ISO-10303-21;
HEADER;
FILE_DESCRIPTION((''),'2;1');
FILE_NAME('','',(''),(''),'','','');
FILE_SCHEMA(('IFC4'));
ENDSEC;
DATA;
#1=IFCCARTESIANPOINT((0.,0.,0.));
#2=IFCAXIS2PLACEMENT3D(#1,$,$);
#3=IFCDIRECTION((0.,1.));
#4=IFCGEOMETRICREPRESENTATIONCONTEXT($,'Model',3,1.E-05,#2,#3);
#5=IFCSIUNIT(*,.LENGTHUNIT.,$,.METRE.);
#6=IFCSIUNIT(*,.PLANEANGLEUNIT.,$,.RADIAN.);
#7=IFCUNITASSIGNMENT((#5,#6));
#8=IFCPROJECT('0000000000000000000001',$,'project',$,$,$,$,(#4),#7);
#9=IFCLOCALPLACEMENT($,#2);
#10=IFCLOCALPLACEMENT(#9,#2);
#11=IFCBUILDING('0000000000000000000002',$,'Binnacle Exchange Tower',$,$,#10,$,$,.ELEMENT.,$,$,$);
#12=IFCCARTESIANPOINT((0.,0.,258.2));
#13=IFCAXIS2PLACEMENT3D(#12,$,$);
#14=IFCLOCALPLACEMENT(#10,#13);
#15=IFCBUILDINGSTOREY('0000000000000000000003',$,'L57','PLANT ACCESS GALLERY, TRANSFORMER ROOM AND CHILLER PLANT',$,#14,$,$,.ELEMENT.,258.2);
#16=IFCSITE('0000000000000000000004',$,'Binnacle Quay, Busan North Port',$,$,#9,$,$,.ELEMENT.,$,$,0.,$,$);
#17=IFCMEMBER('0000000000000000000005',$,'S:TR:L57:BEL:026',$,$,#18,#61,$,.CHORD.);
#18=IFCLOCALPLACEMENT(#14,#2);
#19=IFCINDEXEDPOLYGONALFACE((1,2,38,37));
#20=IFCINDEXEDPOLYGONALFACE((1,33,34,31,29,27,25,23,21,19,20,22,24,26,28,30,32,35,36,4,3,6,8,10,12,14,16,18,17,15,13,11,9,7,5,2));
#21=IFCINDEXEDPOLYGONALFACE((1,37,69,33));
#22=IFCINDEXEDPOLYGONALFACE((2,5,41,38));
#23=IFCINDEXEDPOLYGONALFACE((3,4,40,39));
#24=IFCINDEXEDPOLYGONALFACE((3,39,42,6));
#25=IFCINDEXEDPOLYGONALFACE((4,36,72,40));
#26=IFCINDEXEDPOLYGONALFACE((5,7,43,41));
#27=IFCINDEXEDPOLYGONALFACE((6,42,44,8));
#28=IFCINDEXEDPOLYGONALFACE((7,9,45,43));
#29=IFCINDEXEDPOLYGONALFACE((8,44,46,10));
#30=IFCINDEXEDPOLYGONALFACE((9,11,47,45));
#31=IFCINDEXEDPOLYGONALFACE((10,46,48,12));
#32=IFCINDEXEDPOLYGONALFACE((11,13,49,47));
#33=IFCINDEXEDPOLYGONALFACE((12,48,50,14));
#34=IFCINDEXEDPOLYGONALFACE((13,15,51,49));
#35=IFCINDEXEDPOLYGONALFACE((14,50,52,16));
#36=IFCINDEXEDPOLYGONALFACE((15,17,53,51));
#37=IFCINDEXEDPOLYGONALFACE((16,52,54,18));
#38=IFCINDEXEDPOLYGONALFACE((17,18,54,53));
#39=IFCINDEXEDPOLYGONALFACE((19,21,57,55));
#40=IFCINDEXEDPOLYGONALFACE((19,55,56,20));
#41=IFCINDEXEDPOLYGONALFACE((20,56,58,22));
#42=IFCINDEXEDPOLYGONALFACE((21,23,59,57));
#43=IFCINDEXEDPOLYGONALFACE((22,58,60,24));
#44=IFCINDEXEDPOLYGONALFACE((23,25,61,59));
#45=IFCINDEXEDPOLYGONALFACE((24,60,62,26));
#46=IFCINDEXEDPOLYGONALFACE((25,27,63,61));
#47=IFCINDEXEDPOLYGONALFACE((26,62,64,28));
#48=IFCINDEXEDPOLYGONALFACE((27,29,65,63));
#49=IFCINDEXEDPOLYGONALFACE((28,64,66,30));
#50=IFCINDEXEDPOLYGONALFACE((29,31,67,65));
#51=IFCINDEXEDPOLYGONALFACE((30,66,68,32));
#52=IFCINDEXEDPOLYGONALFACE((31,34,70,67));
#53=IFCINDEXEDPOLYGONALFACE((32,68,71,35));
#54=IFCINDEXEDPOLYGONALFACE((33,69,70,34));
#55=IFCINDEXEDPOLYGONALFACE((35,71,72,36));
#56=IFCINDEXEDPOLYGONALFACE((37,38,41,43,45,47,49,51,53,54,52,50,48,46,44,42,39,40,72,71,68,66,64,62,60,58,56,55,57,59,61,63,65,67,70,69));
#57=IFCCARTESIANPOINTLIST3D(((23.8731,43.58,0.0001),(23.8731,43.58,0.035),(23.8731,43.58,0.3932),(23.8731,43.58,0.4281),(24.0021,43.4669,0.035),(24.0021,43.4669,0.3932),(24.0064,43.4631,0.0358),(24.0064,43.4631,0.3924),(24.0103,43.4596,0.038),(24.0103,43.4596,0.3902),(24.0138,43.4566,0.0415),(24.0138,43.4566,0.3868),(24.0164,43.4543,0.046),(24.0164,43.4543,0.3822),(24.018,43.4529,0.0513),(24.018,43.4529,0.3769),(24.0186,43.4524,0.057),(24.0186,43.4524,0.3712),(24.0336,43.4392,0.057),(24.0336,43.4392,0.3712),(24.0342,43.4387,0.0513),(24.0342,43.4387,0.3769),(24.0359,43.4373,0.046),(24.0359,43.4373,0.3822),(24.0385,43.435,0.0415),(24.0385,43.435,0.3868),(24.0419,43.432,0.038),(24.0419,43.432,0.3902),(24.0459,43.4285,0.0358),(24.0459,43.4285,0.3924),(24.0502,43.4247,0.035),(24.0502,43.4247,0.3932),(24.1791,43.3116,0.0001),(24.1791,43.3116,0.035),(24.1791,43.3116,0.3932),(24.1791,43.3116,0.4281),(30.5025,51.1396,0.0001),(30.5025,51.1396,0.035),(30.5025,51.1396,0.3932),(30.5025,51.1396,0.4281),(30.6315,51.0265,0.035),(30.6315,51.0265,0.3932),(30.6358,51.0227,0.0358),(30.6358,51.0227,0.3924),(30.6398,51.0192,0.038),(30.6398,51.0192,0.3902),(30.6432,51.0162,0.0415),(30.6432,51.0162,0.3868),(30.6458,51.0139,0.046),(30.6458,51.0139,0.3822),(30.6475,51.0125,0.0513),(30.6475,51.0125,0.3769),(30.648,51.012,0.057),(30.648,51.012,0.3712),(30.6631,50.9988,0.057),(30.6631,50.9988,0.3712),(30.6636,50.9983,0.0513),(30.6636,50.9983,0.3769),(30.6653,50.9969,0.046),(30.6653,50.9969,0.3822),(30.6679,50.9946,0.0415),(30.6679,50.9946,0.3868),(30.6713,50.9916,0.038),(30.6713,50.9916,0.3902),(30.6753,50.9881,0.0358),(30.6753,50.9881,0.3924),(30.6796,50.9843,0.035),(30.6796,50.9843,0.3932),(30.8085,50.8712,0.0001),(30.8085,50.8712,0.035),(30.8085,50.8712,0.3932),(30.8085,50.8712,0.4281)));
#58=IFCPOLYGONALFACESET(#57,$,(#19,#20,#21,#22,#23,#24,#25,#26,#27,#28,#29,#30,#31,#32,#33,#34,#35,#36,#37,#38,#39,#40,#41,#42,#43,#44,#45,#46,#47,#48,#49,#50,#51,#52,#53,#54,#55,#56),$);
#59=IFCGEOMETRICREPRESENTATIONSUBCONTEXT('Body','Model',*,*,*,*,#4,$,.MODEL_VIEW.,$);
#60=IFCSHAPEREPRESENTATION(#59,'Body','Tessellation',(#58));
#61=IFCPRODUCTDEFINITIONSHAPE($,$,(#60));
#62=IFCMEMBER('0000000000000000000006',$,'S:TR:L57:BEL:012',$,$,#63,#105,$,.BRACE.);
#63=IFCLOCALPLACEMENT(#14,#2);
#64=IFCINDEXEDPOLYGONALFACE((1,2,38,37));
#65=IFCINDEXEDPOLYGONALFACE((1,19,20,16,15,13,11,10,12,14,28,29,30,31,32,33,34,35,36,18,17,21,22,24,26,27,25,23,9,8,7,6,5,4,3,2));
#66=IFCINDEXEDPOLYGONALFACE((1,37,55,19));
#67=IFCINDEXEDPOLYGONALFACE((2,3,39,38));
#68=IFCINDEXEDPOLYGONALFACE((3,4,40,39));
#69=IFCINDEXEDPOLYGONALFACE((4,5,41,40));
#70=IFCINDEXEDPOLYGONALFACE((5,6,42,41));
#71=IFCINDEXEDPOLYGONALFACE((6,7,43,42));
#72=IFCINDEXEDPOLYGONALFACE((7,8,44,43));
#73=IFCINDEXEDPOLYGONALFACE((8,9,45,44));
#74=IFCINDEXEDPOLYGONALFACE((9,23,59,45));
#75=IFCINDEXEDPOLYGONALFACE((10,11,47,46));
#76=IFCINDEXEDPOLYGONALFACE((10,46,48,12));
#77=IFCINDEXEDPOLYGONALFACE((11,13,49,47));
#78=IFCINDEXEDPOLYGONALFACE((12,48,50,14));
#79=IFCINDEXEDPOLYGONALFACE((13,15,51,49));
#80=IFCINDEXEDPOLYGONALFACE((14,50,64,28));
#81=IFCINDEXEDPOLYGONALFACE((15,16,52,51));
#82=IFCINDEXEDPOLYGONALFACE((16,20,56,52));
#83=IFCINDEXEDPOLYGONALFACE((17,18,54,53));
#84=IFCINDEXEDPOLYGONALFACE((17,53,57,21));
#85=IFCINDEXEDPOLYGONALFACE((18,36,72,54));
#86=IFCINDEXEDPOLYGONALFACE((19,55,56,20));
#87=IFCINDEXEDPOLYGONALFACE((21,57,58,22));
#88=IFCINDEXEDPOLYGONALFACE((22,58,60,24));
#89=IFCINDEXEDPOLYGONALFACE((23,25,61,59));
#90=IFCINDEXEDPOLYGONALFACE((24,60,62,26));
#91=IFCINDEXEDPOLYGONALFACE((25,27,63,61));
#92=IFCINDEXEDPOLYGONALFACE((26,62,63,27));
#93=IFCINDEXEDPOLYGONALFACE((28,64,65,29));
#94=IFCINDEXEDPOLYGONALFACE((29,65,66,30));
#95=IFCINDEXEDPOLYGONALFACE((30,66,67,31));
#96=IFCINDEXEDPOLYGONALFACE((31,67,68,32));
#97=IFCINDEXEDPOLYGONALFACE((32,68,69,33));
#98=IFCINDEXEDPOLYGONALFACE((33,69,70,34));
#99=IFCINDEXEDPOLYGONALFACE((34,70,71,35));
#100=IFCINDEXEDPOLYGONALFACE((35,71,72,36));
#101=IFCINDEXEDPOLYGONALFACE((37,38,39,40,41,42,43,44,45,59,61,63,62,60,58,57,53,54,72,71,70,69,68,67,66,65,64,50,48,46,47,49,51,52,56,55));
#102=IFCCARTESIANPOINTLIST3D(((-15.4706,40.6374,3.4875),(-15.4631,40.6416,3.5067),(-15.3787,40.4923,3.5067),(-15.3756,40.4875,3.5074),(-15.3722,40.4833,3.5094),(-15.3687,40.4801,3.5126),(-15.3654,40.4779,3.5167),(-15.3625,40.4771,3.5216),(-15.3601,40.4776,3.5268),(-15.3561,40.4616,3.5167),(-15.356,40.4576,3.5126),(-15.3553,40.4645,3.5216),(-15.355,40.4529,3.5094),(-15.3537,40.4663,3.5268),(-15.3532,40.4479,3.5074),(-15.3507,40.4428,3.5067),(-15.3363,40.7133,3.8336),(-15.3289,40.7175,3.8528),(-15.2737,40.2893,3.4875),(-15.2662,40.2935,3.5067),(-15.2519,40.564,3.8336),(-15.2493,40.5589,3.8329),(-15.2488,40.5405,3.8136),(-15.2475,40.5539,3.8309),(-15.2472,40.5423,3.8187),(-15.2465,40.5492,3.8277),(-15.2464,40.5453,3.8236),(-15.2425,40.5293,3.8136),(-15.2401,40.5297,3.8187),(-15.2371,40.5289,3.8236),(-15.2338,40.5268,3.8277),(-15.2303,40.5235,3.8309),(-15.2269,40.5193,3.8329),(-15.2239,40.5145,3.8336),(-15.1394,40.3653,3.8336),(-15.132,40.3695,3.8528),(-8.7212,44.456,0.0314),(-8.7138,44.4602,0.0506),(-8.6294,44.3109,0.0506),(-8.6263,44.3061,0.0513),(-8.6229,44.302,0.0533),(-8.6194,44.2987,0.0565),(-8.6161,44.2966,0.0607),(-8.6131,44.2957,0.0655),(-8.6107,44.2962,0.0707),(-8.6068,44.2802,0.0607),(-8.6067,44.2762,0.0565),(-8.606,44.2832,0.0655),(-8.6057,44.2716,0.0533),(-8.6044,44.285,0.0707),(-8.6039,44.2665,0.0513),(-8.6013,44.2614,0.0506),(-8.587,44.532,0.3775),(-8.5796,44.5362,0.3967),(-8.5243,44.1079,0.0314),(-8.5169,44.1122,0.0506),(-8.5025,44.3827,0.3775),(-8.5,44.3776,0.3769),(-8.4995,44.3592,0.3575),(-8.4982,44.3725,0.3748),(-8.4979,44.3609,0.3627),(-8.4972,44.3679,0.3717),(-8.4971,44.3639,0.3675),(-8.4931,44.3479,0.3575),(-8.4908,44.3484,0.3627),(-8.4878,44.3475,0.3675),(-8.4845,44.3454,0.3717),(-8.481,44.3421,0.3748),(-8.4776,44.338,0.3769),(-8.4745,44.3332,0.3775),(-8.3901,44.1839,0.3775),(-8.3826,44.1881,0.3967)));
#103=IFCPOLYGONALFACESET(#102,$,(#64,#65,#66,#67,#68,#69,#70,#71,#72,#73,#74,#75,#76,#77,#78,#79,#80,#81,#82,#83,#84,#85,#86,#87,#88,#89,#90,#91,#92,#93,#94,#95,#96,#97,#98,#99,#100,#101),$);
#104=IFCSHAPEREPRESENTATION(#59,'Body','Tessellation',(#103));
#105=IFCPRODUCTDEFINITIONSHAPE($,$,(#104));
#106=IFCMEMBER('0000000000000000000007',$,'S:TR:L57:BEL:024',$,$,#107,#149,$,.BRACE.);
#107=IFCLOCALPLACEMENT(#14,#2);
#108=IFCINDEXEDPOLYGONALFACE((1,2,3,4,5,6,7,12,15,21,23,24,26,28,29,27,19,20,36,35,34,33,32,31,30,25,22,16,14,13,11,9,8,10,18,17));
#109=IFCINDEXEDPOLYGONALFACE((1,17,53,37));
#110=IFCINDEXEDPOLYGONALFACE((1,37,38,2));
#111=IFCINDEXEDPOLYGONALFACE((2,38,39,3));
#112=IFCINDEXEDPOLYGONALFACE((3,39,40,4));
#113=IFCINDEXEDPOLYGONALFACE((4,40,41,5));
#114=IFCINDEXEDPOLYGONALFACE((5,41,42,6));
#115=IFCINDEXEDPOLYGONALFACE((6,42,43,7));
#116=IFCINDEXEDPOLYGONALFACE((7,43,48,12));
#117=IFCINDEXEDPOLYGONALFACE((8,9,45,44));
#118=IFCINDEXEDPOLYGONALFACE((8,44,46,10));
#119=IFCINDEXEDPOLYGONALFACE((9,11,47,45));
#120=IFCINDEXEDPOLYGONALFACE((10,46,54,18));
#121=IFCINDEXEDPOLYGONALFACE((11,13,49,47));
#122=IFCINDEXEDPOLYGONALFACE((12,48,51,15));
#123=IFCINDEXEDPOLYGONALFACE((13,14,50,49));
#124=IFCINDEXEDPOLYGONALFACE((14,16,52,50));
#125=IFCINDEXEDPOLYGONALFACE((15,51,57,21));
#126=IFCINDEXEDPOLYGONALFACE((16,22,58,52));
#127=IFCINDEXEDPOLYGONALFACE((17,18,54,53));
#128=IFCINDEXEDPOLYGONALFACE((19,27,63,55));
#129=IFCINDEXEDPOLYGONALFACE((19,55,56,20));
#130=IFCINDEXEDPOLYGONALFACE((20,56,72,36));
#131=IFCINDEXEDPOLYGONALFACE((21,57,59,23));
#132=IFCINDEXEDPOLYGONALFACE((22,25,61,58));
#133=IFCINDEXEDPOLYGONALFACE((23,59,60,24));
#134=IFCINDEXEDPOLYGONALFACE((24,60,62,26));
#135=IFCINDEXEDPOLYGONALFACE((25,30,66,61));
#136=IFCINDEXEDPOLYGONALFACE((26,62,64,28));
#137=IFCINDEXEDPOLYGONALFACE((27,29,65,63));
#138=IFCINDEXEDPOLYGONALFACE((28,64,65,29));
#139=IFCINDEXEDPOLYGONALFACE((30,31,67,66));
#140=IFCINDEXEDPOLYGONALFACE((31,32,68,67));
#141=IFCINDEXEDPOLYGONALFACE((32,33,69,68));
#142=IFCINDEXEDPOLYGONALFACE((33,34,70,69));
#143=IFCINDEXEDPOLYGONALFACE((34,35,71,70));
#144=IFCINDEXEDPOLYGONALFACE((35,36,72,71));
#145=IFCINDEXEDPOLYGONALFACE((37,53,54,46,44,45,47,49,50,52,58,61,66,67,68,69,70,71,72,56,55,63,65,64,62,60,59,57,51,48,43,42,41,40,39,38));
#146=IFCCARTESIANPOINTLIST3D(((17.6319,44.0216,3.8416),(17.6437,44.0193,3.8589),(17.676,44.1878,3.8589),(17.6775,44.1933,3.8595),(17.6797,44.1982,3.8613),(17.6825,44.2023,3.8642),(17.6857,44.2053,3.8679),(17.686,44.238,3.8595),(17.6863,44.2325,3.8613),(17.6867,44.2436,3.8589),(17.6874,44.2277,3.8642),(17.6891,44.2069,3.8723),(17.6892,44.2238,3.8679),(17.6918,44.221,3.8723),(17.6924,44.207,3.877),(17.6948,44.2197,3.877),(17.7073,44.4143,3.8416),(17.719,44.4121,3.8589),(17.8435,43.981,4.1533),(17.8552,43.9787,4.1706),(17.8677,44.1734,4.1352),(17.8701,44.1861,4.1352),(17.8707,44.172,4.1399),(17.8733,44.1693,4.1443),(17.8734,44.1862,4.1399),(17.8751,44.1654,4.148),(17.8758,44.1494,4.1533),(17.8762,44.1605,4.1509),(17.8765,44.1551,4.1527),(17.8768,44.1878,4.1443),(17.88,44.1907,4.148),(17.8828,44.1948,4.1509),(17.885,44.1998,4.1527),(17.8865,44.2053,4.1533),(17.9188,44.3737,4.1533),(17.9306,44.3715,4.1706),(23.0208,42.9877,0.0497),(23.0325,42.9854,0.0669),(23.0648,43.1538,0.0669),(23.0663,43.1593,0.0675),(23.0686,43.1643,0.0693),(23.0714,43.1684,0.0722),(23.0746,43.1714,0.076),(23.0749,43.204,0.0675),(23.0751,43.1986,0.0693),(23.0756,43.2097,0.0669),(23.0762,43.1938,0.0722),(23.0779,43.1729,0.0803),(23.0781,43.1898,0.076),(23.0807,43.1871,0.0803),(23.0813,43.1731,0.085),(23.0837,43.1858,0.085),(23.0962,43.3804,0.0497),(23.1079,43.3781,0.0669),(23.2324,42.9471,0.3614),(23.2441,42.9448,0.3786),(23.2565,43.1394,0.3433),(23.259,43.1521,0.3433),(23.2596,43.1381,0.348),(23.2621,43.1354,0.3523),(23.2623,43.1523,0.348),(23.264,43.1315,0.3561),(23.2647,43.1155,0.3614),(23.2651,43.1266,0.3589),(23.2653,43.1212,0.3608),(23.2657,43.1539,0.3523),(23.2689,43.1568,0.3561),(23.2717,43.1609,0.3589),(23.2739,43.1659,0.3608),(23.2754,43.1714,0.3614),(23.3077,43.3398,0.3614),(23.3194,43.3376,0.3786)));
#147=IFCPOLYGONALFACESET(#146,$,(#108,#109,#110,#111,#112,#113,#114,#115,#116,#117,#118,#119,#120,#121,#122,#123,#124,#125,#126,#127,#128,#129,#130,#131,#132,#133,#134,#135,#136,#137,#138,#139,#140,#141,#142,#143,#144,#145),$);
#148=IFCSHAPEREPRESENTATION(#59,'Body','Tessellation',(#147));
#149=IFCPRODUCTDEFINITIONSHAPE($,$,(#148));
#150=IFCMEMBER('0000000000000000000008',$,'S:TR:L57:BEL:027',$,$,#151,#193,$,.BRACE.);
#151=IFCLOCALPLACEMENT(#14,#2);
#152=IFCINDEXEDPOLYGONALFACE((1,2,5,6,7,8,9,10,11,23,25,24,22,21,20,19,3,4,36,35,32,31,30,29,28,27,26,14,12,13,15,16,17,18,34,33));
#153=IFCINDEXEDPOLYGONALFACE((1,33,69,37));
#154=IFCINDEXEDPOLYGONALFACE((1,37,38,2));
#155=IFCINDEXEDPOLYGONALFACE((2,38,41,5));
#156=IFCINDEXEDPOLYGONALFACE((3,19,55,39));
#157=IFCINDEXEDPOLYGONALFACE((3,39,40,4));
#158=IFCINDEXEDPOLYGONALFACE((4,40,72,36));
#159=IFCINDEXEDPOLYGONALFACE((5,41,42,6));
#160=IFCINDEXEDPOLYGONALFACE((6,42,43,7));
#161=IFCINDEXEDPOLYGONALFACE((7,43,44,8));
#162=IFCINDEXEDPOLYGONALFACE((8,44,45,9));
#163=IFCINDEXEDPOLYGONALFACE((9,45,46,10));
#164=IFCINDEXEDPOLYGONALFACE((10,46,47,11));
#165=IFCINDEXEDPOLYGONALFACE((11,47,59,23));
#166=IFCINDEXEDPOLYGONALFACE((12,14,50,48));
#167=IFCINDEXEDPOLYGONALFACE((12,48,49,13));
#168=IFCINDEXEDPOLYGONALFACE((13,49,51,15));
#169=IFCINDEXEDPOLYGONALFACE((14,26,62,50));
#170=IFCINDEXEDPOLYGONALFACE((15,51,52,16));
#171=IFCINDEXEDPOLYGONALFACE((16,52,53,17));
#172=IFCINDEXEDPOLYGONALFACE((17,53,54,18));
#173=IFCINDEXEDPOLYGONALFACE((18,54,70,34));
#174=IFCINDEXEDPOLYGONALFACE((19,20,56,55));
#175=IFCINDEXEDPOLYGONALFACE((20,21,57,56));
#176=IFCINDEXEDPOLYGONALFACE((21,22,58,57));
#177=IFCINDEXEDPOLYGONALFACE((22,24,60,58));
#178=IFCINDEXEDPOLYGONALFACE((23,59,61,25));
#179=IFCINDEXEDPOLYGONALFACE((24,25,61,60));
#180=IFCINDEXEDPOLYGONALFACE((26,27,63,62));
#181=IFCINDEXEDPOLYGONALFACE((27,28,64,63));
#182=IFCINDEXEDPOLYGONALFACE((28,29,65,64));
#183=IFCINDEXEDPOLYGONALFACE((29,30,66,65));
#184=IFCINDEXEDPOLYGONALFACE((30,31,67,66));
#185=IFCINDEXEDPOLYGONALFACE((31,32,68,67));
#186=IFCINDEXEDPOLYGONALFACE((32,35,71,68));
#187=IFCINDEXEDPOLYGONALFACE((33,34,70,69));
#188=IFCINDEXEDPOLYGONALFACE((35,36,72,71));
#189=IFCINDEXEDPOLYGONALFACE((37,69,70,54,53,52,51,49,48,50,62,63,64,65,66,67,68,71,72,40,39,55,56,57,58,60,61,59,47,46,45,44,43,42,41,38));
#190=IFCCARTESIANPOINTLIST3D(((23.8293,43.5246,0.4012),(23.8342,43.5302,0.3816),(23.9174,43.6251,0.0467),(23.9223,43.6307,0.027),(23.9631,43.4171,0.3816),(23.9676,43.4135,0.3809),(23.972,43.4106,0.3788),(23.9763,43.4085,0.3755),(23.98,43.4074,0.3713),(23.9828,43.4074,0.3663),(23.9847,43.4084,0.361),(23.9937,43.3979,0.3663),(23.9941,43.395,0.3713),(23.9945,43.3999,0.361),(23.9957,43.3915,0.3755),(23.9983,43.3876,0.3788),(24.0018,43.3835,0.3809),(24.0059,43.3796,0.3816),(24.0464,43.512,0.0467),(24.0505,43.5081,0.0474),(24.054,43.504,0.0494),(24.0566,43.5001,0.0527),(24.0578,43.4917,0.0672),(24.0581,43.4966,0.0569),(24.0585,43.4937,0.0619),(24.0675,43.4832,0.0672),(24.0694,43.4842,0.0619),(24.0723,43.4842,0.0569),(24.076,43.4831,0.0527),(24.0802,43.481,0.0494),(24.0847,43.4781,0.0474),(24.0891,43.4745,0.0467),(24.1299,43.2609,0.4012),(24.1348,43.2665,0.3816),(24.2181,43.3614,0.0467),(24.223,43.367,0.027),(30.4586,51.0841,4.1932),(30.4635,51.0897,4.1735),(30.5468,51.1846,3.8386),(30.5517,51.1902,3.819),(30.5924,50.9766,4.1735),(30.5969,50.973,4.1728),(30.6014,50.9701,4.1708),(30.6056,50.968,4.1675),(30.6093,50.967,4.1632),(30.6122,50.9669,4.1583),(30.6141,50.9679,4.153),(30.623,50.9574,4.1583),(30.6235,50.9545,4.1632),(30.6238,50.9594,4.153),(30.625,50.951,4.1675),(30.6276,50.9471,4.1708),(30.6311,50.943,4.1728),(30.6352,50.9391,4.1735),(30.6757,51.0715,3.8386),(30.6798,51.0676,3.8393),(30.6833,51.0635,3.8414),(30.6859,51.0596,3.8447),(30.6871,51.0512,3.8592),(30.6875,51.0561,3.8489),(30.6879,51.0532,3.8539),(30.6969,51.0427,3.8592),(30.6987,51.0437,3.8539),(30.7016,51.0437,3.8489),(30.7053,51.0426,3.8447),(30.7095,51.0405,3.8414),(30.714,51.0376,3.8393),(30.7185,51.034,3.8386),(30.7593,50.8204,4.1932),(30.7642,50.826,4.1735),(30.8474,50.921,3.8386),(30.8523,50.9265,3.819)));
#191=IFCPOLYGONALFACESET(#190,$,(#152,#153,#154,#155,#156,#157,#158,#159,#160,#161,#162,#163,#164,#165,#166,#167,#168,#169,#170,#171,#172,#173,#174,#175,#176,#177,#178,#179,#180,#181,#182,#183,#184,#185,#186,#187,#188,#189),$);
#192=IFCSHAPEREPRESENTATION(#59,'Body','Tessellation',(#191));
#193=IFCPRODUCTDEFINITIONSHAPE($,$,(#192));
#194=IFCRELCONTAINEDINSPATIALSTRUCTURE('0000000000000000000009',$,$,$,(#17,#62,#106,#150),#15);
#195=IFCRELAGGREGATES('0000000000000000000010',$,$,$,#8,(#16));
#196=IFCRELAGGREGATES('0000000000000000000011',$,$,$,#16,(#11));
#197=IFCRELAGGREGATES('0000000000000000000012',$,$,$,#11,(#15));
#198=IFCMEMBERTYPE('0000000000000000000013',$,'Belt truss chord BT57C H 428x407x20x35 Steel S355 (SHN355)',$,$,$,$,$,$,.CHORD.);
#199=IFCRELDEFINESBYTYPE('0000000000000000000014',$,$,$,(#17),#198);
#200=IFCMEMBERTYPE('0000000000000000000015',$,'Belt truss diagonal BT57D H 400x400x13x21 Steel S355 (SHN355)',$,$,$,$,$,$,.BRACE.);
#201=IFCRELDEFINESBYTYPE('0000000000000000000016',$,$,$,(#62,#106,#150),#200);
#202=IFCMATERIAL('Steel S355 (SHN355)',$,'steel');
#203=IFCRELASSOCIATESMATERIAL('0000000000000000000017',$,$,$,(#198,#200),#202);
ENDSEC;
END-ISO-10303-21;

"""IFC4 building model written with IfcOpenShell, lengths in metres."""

from ifc_helpers import new_model, si_unit, direction, frame, origin, origin_2d, place, context, subcontext, project, spatial, i_section, extrude, material, material_profile, profile_set, type_object, element, save


model = new_model("IFC4")

# Units and contexts
model_context = context("Model", 3, precision=1e-05, world=origin(), true_north=direction((0.0, 1.0)))
body_context = subcontext(model_context, "Body", "Model", "MODEL_VIEW")
ifc_project = project(units=[si_unit("LENGTHUNIT", "METRE"), si_unit("PLANEANGLEUNIT", "RADIAN")], contexts=[model_context])

# Site, building, storey
site_placement = place(None, origin())
site = spatial("IfcSite", under=ifc_project, at=site_placement, Name="Binnacle Quay, Busan North Port", CompositionType="ELEMENT", RefElevation=0.0)
building_placement = place(site_placement, origin())
building = spatial("IfcBuilding", under=site, at=building_placement, Name="Binnacle Exchange Tower", CompositionType="ELEMENT")
storey_placement = place(building_placement, frame((0.0, 0.0, 258.2)))
storey = spatial("IfcBuildingStorey", under=building, at=storey_placement, Name="L57", Description="PLANT ACCESS GALLERY, TRANSFORMER ROOM AND CHILLER PLANT", CompositionType="ELEMENT", Elevation=258.2)

# Members
ifc_material_1 = material(Name="Steel S355 (SHN355)", Category="steel")
ifc_material_profile_1 = material_profile(ifc_material_1, i_section(OverallWidth=0.407, OverallDepth=0.428, WebThickness=0.02, FlangeThickness=0.0349, FilletRadius=0.022, at=origin_2d()), Name="H 428x407x20x35")
ifc_profile_set_1 = profile_set([ifc_material_profile_1], Name="Steel S355 (SHN355)")
member_type_1 = type_object("IfcMemberType", Name="Belt truss chord BT57C H 428x407x20x35 Steel S355 (SHN355)", PredefinedType="CHORD", material=ifc_profile_set_1)
for number, where, z_axis, x_axis, name in (
    (1, (24.0261, 43.4458, 0.2141), (0.659336, 0.751848, 0.0), (-0.751848, 0.659336, 0.0), "S:TR:L57:BEL:026"),
):
    element("IfcMember", number, at=place(storey_placement, frame(where, z_axis=z_axis, x_axis=x_axis)), inside=storey, type_object=member_type_1, Name=name, PredefinedType="CHORD", context=body_context, shape_type="SweptSolid", body=[
        extrude(i_section(OverallWidth=0.407, OverallDepth=0.428, WebThickness=0.02, FlangeThickness=0.0349, FilletRadius=0.022, at=origin_2d()), origin(), (0.0, 0.0, 1.0), 10.0547),
    ])
ifc_material_profile_2 = material_profile(ifc_material_1, i_section(OverallWidth=0.3999, OverallDepth=0.3999, WebThickness=0.0129, FlangeThickness=0.021, FilletRadius=0.022, at=origin_2d()), Name="H 400x400x13x21")
ifc_profile_set_2 = profile_set([ifc_material_profile_2], Name="Steel S355 (SHN355)")
member_type_2 = type_object("IfcMemberType", Name="Belt truss diagonal BT57D H 400x400x13x21 Steel S355 (SHN355)", PredefinedType="BRACE", material=ifc_profile_set_2)
member_1_placement = place(storey_placement, frame((-15.3013, 40.5034, 3.6702), z_axis=(0.794975, 0.449781, -0.407078), x_axis=(-0.492429, 0.870353, 0.0)))
element("IfcMember", 2, at=member_1_placement, inside=storey, type_object=member_type_2, Name="S:TR:L57:BEL:012", PredefinedType="BRACE", context=body_context, shape_type="SweptSolid", body=[
    extrude(i_section(OverallWidth=0.3999, OverallDepth=0.3999, WebThickness=0.0129, FlangeThickness=0.021, FilletRadius=0.022, at=origin_2d()), origin(), (0.0, 0.0, 1.0), 8.49),
])
member_2_placement = place(storey_placement, frame((17.7812, 44.1965, 4.0061), z_axis=(0.807936, -0.155013, -0.568516), x_axis=(0.188427, 0.982087, 0.0)))
element("IfcMember", 3, at=member_2_placement, inside=storey, type_object=member_type_2, Name="S:TR:L57:BEL:024", PredefinedType="BRACE", context=body_context, shape_type="SweptSolid", body=[
    extrude(i_section(OverallWidth=0.3999, OverallDepth=0.3999, WebThickness=0.0129, FlangeThickness=0.021, FilletRadius=0.022, at=origin_2d()), origin(), (0.0, 0.0, 1.0), 6.6699),
])
member_3_placement = place(storey_placement, frame((24.0261, 43.4458, 0.2141), z_axis=(0.616921, 0.703482, 0.352877), x_axis=(-0.751848, 0.659336, 0.0)))
element("IfcMember", 4, at=member_3_placement, inside=storey, type_object=member_type_2, Name="S:TR:L57:BEL:027", PredefinedType="BRACE", context=body_context, shape_type="SweptSolid", body=[
    extrude(i_section(OverallWidth=0.3999, OverallDepth=0.3999, WebThickness=0.0129, FlangeThickness=0.021, FilletRadius=0.022, at=origin_2d()), origin(), (0.0, 0.0, 1.0), 10.7458),
])

save(model, "model.ifc")
